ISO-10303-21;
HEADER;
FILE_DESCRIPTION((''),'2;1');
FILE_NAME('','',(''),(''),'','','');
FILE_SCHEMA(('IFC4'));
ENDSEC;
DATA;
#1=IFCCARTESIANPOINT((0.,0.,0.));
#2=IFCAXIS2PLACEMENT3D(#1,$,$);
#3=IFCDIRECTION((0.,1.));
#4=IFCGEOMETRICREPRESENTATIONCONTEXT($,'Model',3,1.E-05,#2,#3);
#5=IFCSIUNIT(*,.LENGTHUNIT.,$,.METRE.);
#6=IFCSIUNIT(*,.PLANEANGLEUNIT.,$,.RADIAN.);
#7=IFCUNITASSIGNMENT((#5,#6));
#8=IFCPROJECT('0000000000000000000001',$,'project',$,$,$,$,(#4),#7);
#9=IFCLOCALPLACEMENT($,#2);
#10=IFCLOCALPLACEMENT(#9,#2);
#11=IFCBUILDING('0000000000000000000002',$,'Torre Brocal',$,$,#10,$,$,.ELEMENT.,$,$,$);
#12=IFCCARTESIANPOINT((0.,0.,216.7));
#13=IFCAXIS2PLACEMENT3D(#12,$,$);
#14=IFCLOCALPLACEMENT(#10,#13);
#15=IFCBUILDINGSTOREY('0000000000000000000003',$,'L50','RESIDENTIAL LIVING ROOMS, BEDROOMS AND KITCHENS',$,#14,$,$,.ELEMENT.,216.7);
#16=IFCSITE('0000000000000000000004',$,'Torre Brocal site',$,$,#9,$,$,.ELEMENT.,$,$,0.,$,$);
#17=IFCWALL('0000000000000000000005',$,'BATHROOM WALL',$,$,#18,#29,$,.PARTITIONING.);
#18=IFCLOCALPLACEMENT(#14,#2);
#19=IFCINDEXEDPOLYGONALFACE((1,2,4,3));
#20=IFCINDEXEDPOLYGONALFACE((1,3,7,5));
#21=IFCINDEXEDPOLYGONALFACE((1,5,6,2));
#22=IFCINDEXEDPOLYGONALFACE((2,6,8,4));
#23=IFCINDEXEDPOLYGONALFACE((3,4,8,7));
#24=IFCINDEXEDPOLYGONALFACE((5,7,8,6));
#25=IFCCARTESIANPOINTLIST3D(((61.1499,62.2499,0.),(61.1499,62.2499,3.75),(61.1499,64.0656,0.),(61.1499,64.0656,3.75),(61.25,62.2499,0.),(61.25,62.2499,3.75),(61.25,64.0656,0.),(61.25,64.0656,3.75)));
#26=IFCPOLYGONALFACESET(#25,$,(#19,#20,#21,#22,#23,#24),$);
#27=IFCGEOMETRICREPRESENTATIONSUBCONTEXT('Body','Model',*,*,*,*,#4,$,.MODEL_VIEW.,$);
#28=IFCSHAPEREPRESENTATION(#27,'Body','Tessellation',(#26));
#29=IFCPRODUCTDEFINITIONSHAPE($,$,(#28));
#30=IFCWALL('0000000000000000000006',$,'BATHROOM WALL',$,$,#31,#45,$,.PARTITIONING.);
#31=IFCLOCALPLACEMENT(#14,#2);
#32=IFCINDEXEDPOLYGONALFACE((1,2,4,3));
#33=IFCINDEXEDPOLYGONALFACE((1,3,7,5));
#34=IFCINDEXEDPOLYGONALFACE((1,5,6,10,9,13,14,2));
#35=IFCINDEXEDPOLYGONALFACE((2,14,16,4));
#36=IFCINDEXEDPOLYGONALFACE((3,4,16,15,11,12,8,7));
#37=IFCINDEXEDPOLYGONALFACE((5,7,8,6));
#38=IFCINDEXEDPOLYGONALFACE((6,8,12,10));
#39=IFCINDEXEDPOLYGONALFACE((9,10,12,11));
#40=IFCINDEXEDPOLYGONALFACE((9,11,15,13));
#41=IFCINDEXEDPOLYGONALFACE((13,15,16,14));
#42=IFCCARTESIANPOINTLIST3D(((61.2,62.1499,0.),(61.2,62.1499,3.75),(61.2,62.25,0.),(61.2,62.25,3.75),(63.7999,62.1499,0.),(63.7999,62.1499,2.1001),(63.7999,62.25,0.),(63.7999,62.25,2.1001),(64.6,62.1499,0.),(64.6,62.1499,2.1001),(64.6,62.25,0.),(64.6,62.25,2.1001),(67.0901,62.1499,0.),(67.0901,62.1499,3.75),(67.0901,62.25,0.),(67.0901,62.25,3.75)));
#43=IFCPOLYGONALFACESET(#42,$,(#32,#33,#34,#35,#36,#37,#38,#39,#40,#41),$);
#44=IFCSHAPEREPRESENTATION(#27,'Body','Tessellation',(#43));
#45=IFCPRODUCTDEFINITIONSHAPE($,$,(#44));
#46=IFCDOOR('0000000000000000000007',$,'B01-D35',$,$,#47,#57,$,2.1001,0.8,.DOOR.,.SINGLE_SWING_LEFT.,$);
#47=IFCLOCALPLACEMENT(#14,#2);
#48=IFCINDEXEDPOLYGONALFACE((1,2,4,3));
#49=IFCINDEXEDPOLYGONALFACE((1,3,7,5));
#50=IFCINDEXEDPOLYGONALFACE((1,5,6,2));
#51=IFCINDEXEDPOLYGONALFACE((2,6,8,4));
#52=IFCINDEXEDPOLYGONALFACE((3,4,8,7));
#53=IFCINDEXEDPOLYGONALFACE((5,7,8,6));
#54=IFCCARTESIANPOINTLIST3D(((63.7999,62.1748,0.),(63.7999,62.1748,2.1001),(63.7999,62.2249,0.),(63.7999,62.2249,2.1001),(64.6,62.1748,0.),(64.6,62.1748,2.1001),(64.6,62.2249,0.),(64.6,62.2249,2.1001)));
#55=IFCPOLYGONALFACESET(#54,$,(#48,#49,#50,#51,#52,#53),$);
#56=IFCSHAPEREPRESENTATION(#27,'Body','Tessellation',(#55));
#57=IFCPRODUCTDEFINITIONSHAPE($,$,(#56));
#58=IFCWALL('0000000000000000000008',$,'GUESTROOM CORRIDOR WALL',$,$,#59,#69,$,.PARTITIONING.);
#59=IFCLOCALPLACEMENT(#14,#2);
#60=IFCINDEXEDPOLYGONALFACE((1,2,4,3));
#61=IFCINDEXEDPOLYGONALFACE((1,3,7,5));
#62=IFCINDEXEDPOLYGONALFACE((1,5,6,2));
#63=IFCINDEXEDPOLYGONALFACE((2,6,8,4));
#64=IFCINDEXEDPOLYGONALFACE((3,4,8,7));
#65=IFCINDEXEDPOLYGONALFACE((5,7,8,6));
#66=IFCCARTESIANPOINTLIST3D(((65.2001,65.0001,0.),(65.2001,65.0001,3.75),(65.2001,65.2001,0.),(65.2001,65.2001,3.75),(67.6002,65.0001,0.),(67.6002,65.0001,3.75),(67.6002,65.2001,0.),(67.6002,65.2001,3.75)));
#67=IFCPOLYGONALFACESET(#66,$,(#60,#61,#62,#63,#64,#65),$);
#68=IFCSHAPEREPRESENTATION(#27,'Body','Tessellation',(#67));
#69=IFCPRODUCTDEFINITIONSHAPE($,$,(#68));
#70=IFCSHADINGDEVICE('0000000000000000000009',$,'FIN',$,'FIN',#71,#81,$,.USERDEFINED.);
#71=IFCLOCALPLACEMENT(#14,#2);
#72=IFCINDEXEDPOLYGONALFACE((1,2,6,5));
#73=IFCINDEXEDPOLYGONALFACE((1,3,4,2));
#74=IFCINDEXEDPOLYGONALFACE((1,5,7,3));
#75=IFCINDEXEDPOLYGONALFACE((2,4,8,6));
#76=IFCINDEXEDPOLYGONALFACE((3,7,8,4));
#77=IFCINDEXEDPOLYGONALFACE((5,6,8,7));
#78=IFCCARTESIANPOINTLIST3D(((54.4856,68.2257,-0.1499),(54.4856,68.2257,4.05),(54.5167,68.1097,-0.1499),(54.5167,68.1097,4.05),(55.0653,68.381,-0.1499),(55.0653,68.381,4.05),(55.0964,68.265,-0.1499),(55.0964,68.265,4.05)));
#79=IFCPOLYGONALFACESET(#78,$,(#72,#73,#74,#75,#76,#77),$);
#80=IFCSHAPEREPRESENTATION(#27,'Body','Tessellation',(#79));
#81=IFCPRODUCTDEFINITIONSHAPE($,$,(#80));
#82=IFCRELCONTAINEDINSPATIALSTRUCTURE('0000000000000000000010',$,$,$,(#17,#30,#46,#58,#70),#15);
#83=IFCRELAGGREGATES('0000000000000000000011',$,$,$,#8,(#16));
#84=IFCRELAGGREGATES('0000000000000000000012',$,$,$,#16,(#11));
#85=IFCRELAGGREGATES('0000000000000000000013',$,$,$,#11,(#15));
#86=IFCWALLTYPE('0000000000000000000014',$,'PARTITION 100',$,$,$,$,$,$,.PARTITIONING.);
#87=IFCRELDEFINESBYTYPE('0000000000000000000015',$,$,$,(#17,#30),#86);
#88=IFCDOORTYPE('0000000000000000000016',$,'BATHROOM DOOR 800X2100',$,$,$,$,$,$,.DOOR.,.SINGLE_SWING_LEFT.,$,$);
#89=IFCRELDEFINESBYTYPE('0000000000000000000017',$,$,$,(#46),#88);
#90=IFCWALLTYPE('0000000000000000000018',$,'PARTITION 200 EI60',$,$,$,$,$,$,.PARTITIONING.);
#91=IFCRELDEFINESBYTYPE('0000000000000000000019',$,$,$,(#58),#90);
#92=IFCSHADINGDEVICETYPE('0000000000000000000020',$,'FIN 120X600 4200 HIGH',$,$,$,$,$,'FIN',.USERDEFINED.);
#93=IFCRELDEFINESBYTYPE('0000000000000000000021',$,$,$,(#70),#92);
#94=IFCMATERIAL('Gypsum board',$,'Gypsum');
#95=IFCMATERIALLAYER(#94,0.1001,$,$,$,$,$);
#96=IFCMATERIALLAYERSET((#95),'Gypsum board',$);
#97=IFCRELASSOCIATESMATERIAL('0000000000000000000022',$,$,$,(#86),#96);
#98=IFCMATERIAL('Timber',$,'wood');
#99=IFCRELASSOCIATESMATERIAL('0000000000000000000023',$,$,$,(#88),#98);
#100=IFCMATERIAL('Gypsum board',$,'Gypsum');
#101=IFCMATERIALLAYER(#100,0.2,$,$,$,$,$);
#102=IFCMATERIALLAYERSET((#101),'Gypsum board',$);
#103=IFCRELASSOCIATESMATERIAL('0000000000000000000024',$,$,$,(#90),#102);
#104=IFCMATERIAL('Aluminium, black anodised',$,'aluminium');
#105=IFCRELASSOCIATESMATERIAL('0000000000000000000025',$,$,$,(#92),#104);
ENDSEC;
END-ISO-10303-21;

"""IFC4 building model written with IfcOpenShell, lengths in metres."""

from ifc_helpers import new_model, si_unit, direction, frame, frame_2d, origin, origin_2d, place, context, subcontext, project, spatial, rectangle, extrude, material, layer, layer_set, material_profile, profile_set, type_object, element, fill, save


model = new_model("IFC4")

# Units and contexts
model_context = context("Model", 3, precision=1e-05, world=origin(), true_north=direction((0.0, 1.0)))
body_context = subcontext(model_context, "Body", "Model", "MODEL_VIEW")
ifc_project = project(units=[si_unit("LENGTHUNIT", "METRE"), si_unit("PLANEANGLEUNIT", "RADIAN")], contexts=[model_context])

# Site, building, storey
site_placement = place(None, origin())
site = spatial("IfcSite", under=ifc_project, at=site_placement, Name="Torre Brocal site", CompositionType="ELEMENT", RefElevation=0.0)
building_placement = place(site_placement, origin())
building = spatial("IfcBuilding", under=site, at=building_placement, Name="Torre Brocal", CompositionType="ELEMENT")
storey_placement = place(building_placement, frame((0.0, 0.0, 216.7)))
storey = spatial("IfcBuildingStorey", under=building, at=storey_placement, Name="L50", Description="RESIDENTIAL LIVING ROOMS, BEDROOMS AND KITCHENS", CompositionType="ELEMENT", Elevation=216.7)

# Shared definitions
ifc_material_1 = material(Name="Gypsum board", Category="Gypsum")
ifc_layer_1 = layer(ifc_material_1, 0.1001)
ifc_layer_set_1 = layer_set([ifc_layer_1], Name="Gypsum board")
wall_type_1 = type_object("IfcWallType", Name="PARTITION 100", PredefinedType="PARTITIONING", material=ifc_layer_set_1)

# Wall
wall_1_placement = place(storey_placement, frame((61.2, 62.25, 0.0), z_axis=(0.0, 0.0, 1.0), x_axis=(0.0, 1.0, 0.0)))
element("IfcWall", 1, at=wall_1_placement, inside=storey, type_object=wall_type_1, Name="BATHROOM WALL", PredefinedType="PARTITIONING", context=body_context, shape_type="SweptSolid", body=[
    extrude(rectangle(XDim=1.8157, YDim=0.1001, at=frame_2d((0.9077, 0.0))), origin(), (0.0, 0.0, 1.0), 3.75),
])

# Wall, opening, door
wall_2_placement = place(storey_placement, frame((61.2, 62.2, 0.0), z_axis=(0.0, 0.0, 1.0), x_axis=(1.0, 0.0, 0.0)))
wall_2 = element("IfcWall", 2, at=wall_2_placement, inside=storey, type_object=wall_type_1, Name="BATHROOM WALL", PredefinedType="PARTITIONING", context=body_context, shape_type="SweptSolid", body=[
    extrude(rectangle(XDim=5.8901, YDim=0.1001, at=frame_2d((2.9451, 0.0))), origin(), (0.0, 0.0, 1.0), 3.75),
])
opening_1_placement = place(wall_2_placement, frame((2.6001, 0.0, 0.0)))
opening_1 = element("IfcOpeningElement", 3, at=opening_1_placement, cuts=wall_2, PredefinedType="OPENING", context=body_context, shape_type="SweptSolid", body=[
    extrude(rectangle(XDim=0.8, YDim=2.1001, at=frame_2d((0.3999, 1.05))), frame((0.0, 0.0601, 0.0), z_axis=(0.0, -1.0, 0.0), x_axis=(1.0, 0.0, 0.0)), (0.0, 0.0, 1.0), 0.1201),
])
ifc_material_2 = material(Name="Timber", Category="wood")
door_type_1 = type_object("IfcDoorType", Name="BATHROOM DOOR 800X2100", OperationType="SINGLE_SWING_LEFT", PredefinedType="DOOR", material=ifc_material_2)
door_1_placement = place(opening_1_placement, origin())
door_1 = element("IfcDoor", 4, at=door_1_placement, inside=storey, type_object=door_type_1, Name="B01-D35", OperationType="SINGLE_SWING_LEFT", OverallHeight=2.1001, OverallWidth=0.8, PredefinedType="DOOR", context=body_context, shape_type="SweptSolid", body=[
    extrude(rectangle(XDim=0.8, YDim=2.1001, at=frame_2d((0.3999, 1.05))), frame((0.0, 0.0249, 0.0), z_axis=(0.0, -1.0, 0.0), x_axis=(1.0, 0.0, 0.0)), (0.0, 0.0, 1.0), 0.05),
])
fill(opening_1, door_1)

# Wall
ifc_material_3 = material(Name="Gypsum board", Category="Gypsum")
ifc_layer_2 = layer(ifc_material_3, 0.2)
ifc_layer_set_2 = layer_set([ifc_layer_2], Name="Gypsum board")
wall_type_2 = type_object("IfcWallType", Name="PARTITION 200 EI60", PredefinedType="PARTITIONING", material=ifc_layer_set_2)
wall_3_placement = place(storey_placement, frame((65.2, 65.1001, 0.0), z_axis=(0.0, 0.0, 1.0), x_axis=(1.0, 0.0, 0.0)))
element("IfcWall", 5, at=wall_3_placement, inside=storey, type_object=wall_type_2, Name="GUESTROOM CORRIDOR WALL", PredefinedType="PARTITIONING", context=body_context, shape_type="SweptSolid", body=[
    extrude(rectangle(XDim=2.4001, YDim=0.2, at=frame_2d((1.2002, 0.0))), origin(), (0.0, 0.0, 1.0), 3.75),
])

# Shading device
ifc_material_4 = material(Name="Aluminium, black anodised", Category="aluminium")
ifc_material_profile_1 = material_profile(ifc_material_4, rectangle(XDim=0.1201, YDim=0.6001, at=origin_2d()), Name="FIN 120X600 4200 HIGH")
ifc_profile_set_1 = profile_set([ifc_material_profile_1], Name="Aluminium, black anodised")
shading_device_type = type_object("IfcShadingDeviceType", Name="FIN 120X600 4200 HIGH", ElementType="FIN", PredefinedType="USERDEFINED", material=ifc_profile_set_1)
shading_device_placement = place(storey_placement, frame((54.791, 68.2454, -0.1499), z_axis=(0.0, 0.0, 1.0), x_axis=(0.258819, -0.965926, 0.0)))
element("IfcShadingDevice", 6, at=shading_device_placement, inside=storey, type_object=shading_device_type, Name="FIN", ObjectType="FIN", PredefinedType="USERDEFINED", context=body_context, shape_type="SweptSolid", body=[
    extrude(rectangle(XDim=0.1201, YDim=0.6001, at=origin_2d()), origin(), (0.0, 0.0, 1.0), 4.2),
])

save(model, "model.ifc")
